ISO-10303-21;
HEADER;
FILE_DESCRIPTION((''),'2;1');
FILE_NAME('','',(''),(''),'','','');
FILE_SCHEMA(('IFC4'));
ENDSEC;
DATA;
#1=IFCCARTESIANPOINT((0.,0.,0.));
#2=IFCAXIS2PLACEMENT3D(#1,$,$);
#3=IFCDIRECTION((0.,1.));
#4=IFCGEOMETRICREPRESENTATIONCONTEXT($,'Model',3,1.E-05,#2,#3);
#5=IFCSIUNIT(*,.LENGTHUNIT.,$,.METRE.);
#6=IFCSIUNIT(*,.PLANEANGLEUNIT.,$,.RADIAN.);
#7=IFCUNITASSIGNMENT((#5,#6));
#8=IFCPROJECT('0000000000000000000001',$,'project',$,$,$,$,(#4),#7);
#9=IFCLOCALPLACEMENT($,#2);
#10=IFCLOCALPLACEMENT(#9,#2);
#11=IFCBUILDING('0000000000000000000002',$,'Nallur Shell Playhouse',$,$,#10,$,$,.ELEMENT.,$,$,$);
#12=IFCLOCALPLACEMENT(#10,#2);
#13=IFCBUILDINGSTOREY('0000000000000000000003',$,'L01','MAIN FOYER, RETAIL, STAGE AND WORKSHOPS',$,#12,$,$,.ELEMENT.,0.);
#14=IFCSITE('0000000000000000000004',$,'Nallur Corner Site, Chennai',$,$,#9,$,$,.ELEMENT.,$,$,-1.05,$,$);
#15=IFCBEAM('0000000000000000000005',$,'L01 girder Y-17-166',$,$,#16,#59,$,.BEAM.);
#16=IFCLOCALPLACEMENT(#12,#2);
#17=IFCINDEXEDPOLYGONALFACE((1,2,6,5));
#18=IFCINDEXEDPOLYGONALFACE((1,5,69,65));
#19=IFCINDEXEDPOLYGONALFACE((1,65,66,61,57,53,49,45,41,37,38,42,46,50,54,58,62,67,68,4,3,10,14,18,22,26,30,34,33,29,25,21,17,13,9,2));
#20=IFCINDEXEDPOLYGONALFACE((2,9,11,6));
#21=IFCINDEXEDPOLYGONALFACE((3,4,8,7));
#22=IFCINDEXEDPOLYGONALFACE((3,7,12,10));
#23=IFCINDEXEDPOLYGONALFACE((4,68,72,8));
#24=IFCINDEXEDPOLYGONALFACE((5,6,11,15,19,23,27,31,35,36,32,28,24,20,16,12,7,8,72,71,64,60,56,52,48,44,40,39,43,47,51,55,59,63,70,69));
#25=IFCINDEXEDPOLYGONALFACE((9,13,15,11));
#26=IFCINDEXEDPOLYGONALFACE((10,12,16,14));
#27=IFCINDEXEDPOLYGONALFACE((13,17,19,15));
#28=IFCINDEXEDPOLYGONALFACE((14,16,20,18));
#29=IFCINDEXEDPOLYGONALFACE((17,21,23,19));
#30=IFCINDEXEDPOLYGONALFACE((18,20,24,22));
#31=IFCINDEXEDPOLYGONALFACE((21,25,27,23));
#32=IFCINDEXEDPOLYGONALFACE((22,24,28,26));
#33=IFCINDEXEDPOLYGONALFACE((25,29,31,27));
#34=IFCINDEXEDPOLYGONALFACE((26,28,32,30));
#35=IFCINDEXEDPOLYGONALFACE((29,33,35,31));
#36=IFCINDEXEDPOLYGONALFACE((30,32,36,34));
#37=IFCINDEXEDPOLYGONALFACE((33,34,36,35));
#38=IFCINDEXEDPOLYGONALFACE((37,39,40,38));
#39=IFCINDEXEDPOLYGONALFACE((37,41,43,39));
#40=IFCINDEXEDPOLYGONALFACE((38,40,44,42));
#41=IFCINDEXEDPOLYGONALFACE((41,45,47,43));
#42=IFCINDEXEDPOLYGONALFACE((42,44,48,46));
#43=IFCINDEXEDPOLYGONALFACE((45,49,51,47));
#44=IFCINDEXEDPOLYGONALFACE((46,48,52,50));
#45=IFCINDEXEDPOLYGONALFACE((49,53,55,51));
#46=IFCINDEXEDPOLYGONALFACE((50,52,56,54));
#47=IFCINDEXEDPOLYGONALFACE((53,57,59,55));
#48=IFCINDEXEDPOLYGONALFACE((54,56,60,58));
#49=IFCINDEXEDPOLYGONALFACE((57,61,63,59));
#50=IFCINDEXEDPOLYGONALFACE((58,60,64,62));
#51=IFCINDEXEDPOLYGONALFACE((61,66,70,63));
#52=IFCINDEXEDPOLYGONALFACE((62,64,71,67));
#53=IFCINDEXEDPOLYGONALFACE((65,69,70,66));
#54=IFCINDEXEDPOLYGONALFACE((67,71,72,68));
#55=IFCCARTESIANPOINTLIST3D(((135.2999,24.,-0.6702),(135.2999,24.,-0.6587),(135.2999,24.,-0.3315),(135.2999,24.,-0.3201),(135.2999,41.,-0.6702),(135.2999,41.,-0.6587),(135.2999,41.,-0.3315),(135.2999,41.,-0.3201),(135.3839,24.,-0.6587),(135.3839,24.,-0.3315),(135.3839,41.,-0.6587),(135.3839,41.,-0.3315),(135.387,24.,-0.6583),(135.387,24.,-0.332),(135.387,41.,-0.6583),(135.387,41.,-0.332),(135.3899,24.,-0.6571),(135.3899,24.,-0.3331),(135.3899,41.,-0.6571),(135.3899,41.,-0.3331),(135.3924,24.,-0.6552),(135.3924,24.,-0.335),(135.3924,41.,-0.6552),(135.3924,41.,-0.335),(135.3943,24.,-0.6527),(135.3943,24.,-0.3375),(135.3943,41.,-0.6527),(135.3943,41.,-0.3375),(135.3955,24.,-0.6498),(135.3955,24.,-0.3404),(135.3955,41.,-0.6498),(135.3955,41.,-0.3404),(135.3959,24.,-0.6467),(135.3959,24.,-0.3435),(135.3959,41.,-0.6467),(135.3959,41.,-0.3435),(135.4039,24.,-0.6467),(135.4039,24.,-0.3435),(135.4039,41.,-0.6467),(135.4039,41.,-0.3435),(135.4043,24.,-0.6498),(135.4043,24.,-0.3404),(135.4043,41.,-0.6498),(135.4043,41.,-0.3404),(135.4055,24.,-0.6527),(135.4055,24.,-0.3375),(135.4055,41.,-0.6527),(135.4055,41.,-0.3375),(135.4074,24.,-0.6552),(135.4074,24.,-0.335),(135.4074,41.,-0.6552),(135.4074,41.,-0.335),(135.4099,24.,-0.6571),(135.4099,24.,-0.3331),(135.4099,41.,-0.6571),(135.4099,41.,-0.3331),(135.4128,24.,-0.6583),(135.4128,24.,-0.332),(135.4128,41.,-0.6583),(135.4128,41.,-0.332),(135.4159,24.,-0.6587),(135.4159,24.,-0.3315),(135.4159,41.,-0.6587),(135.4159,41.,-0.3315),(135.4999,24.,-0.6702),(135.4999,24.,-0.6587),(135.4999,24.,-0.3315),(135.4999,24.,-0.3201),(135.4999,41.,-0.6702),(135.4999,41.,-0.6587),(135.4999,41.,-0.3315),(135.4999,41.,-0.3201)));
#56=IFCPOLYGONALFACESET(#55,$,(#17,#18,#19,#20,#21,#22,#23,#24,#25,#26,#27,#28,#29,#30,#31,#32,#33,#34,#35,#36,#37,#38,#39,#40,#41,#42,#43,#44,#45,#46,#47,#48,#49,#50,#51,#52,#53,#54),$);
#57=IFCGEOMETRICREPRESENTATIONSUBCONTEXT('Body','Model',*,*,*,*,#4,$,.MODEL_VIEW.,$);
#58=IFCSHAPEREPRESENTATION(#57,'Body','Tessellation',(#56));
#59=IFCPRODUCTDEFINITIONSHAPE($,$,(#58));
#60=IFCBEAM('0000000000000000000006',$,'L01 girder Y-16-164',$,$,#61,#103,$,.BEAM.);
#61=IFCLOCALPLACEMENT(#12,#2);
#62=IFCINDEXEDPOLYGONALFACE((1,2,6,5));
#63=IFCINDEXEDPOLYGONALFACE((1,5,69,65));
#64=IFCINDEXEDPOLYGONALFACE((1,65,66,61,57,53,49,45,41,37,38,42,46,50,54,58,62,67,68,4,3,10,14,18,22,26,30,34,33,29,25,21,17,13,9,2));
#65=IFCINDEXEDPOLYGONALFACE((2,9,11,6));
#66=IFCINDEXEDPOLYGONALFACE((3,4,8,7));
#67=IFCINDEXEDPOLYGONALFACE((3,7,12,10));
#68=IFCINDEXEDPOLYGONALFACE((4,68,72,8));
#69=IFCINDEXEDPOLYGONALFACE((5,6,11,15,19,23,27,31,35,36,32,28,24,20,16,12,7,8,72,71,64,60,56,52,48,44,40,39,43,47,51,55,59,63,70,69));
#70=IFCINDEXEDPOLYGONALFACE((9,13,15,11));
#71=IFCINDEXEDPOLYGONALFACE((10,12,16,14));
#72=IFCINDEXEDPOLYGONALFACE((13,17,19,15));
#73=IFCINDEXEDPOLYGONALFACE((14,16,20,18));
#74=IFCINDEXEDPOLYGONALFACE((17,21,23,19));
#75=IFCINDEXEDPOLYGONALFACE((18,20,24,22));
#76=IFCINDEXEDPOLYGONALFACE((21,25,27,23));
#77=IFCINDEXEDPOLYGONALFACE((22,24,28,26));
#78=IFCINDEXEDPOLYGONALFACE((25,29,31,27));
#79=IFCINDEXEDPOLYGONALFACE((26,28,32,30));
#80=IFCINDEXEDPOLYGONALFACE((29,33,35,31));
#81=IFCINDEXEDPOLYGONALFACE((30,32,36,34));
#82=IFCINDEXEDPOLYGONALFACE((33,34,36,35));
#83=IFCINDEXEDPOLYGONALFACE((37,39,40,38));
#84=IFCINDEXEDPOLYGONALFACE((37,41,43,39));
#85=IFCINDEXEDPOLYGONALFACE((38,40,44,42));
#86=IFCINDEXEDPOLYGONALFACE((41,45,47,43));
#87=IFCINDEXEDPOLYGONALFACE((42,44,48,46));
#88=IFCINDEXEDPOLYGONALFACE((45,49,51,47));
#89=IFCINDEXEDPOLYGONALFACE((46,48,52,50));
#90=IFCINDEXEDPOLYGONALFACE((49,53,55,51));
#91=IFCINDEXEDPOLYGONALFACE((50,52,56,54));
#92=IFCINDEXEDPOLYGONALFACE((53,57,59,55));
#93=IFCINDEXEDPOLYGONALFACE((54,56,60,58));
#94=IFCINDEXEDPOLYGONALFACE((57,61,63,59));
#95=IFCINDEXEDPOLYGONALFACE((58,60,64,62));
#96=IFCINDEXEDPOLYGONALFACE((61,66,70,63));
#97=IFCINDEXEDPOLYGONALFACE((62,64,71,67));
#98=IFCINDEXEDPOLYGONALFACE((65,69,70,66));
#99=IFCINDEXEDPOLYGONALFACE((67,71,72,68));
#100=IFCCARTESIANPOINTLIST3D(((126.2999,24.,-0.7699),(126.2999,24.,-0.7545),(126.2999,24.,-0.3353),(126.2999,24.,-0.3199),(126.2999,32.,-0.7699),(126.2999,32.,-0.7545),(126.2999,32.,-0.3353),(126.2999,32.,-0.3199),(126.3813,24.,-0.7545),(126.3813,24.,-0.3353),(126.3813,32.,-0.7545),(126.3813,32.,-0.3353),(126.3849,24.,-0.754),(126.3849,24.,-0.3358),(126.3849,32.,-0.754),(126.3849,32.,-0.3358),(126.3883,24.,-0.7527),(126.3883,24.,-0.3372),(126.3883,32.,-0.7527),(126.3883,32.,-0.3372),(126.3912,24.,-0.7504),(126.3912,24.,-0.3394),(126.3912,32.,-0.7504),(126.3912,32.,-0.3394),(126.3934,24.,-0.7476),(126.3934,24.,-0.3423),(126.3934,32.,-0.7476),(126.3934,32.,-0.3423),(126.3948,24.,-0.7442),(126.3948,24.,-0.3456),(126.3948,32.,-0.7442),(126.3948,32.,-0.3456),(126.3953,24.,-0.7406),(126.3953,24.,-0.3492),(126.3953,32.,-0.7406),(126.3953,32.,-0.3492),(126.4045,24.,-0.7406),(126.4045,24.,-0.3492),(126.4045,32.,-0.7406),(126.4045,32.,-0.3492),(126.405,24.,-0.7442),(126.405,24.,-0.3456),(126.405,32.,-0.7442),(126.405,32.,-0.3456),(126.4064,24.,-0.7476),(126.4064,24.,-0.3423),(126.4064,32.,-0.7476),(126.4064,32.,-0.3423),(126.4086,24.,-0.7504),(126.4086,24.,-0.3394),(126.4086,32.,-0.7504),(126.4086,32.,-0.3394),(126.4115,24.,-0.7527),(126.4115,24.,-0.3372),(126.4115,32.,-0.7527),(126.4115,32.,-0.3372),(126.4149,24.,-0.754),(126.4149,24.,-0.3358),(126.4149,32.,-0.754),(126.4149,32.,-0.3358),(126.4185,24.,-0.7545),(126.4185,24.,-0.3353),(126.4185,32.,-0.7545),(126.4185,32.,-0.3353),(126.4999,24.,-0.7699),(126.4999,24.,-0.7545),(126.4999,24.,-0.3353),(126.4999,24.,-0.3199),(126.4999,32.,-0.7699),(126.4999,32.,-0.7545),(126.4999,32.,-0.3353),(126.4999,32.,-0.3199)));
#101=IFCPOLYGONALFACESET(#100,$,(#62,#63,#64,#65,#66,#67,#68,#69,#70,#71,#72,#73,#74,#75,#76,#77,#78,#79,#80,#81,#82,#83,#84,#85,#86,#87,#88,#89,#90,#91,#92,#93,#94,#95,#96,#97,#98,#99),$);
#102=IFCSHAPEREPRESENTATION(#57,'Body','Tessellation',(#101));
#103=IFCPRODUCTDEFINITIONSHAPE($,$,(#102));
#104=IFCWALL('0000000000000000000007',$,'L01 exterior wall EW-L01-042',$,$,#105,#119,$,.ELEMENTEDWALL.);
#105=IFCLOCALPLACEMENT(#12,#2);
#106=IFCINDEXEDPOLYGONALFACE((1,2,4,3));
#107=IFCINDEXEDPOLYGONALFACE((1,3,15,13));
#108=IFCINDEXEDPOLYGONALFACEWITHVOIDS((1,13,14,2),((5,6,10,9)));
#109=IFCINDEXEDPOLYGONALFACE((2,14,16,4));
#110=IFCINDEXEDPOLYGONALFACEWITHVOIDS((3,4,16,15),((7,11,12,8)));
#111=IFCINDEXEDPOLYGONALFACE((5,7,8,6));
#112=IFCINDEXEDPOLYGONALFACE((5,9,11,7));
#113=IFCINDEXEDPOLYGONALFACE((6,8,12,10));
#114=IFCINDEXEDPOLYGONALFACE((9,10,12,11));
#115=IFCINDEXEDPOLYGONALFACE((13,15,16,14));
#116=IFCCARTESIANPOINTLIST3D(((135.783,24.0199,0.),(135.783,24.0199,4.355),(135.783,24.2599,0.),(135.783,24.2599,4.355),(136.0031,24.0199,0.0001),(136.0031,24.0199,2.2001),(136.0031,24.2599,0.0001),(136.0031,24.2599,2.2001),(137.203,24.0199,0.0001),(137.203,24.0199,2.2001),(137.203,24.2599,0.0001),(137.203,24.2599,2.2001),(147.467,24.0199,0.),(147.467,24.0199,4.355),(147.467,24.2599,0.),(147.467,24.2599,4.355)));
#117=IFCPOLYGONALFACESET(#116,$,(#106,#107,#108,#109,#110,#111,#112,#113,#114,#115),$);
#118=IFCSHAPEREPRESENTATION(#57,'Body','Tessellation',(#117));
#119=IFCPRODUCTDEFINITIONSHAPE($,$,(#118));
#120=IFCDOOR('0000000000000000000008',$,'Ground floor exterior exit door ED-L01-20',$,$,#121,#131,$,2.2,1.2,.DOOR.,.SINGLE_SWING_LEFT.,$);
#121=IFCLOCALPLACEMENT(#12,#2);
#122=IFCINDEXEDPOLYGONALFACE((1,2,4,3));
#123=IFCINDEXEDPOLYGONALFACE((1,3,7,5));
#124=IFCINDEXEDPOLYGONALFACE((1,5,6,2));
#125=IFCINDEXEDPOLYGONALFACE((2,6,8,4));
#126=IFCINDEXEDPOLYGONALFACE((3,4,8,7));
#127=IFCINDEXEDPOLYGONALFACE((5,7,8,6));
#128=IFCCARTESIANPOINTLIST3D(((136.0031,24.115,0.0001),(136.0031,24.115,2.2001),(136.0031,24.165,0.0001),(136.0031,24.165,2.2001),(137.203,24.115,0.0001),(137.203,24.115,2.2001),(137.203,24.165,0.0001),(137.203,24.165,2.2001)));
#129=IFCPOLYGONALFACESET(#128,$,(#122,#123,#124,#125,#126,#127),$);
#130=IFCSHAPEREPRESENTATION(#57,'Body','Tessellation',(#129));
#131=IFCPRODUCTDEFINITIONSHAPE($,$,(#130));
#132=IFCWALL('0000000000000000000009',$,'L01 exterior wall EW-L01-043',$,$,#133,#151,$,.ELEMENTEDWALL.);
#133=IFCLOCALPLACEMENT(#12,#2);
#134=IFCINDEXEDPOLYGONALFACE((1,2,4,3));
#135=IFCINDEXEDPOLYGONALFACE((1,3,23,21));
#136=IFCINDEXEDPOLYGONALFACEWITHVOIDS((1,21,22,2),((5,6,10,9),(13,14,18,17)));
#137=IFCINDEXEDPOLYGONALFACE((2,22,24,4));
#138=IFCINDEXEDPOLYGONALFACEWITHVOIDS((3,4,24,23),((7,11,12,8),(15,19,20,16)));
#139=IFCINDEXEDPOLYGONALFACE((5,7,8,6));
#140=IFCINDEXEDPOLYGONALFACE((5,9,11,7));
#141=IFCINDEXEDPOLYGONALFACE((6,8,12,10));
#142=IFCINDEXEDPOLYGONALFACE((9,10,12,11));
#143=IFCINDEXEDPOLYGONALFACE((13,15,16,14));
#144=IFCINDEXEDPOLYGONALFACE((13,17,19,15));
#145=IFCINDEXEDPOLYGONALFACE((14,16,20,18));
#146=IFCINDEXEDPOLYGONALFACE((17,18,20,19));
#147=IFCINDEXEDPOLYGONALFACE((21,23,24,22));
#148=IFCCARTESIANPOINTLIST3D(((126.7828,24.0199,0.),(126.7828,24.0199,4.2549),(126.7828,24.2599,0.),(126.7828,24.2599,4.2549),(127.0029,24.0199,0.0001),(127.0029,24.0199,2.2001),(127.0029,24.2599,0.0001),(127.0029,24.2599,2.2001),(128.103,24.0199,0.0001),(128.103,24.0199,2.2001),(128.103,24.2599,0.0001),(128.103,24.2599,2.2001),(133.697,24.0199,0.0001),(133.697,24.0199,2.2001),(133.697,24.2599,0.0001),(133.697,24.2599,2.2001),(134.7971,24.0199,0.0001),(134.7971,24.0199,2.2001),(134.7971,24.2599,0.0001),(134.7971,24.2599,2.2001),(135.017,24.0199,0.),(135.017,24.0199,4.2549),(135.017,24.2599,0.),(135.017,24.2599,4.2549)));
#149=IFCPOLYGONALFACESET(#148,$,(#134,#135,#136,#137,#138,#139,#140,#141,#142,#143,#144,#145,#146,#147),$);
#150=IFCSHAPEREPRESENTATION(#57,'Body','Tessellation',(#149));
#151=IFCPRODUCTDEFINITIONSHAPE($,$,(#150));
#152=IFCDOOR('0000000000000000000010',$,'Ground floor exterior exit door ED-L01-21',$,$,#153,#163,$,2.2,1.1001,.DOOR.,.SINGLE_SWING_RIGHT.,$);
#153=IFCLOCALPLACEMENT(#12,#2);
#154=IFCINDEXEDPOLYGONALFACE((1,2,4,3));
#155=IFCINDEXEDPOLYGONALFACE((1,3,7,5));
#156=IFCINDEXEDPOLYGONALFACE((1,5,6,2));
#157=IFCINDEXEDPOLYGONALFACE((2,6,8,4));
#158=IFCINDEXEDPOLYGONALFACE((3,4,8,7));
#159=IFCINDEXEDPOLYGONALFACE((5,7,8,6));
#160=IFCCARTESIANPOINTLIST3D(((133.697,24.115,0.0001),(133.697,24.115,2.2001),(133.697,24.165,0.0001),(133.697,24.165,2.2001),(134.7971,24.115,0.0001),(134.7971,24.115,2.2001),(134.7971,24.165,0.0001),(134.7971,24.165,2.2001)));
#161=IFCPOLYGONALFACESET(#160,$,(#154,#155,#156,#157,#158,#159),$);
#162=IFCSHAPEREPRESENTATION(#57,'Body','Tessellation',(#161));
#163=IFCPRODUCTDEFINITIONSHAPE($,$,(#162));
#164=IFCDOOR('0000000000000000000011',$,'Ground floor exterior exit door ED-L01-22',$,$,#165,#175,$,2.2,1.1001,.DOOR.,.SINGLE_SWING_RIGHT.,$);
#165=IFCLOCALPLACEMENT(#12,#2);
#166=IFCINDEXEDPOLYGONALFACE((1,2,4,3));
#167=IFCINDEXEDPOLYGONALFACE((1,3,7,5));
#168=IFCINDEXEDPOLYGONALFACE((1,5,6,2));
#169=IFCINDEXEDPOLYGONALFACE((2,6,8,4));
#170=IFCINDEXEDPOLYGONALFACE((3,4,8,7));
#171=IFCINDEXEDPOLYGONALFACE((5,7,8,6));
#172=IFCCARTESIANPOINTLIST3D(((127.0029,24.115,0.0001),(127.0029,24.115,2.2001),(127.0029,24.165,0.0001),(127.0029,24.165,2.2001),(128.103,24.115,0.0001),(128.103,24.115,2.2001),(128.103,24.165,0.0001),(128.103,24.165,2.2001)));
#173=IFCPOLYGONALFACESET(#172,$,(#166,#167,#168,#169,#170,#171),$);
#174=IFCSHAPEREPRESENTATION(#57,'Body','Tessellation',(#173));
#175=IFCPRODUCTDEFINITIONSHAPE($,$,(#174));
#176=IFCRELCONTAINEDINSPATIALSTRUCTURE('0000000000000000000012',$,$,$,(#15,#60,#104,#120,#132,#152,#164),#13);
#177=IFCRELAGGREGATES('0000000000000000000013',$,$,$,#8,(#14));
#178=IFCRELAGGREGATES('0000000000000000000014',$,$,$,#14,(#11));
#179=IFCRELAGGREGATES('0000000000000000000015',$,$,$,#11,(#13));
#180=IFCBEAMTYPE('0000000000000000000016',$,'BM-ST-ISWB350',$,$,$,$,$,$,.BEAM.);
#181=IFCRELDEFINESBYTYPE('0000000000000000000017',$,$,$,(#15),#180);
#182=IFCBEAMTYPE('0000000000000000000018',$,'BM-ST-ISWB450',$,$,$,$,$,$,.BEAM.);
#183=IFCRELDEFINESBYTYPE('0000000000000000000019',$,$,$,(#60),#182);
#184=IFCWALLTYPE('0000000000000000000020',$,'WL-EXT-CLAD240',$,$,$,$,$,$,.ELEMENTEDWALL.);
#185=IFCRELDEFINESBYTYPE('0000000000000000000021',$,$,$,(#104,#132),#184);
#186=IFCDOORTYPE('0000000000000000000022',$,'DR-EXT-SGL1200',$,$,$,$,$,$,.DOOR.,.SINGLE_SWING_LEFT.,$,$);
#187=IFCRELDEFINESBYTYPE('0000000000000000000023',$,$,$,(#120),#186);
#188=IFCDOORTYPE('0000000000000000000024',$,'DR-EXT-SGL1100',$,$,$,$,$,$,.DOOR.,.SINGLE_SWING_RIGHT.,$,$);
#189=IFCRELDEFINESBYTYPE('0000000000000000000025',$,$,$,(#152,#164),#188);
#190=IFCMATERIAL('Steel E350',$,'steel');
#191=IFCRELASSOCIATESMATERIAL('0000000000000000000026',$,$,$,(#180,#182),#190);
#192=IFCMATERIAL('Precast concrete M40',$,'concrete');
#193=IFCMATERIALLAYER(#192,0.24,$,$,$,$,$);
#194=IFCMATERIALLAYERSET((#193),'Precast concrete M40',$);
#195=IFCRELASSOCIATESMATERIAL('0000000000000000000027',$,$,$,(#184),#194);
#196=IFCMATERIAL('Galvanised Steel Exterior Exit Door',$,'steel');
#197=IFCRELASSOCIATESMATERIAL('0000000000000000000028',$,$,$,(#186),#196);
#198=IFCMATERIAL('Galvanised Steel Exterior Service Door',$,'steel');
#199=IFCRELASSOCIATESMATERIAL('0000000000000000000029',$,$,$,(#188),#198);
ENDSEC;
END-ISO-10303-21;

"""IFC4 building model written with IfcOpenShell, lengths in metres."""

from ifc_helpers import new_model, si_unit, direction, frame, frame_2d, origin, origin_2d, place, context, subcontext, project, spatial, rectangle, i_section, extrude, material, layer, layer_set, material_profile, profile_set, type_object, element, fill, save


model = new_model("IFC4")

# Units and contexts
model_context = context("Model", 3, precision=1e-05, world=origin(), true_north=direction((0.0, 1.0)))
body_context = subcontext(model_context, "Body", "Model", "MODEL_VIEW")
ifc_project = project(units=[si_unit("LENGTHUNIT", "METRE"), si_unit("PLANEANGLEUNIT", "RADIAN")], contexts=[model_context])

# Site, building, storey
site_placement = place(None, origin())
site = spatial("IfcSite", under=ifc_project, at=site_placement, Name="Nallur Corner Site, Chennai", CompositionType="ELEMENT", RefElevation=-1.05)
building_placement = place(site_placement, origin())
building = spatial("IfcBuilding", under=site, at=building_placement, Name="Nallur Shell Playhouse", CompositionType="ELEMENT")
storey_placement = place(building_placement, origin())
storey = spatial("IfcBuildingStorey", under=building, at=storey_placement, Name="L01", Description="MAIN FOYER, RETAIL, STAGE AND WORKSHOPS", CompositionType="ELEMENT", Elevation=0.0)

# Shared definitions
ifc_material_1 = material(Name="Steel E350", Category="steel")

# Beams
ifc_material_profile_1 = material_profile(ifc_material_1, i_section(OverallWidth=0.2, OverallDepth=0.3501, WebThickness=0.0081, FlangeThickness=0.0115, FilletRadius=0.012, at=origin_2d()), Name="ISWB 350")
ifc_profile_set_1 = profile_set([ifc_material_profile_1], Name="Steel E350")
beam_type_1 = type_object("IfcBeamType", Name="BM-ST-ISWB350", PredefinedType="BEAM", material=ifc_profile_set_1)
beam_1_placement = place(storey_placement, frame((135.3999, 24.0, -0.4951), z_axis=(0.0, 1.0, 0.0), x_axis=(-1.0, 0.0, 0.0)))
element("IfcBeam", 1, at=beam_1_placement, inside=storey, type_object=beam_type_1, Name="L01 girder Y-17-166", PredefinedType="BEAM", context=body_context, shape_type="SweptSolid", body=[
    extrude(i_section(OverallWidth=0.2, OverallDepth=0.3501, WebThickness=0.0081, FlangeThickness=0.0115, FilletRadius=0.012, at=origin_2d()), origin(), (0.0, 0.0, 1.0), 17.0),
])
ifc_material_profile_2 = material_profile(ifc_material_1, i_section(OverallWidth=0.2, OverallDepth=0.45, WebThickness=0.0093, FlangeThickness=0.0154, FilletRadius=0.0139, at=origin_2d()), Name="ISWB 450")
ifc_profile_set_2 = profile_set([ifc_material_profile_2], Name="Steel E350")
beam_type_2 = type_object("IfcBeamType", Name="BM-ST-ISWB450", PredefinedType="BEAM", material=ifc_profile_set_2)
beam_2_placement = place(storey_placement, frame((126.3999, 24.0, -0.5449), z_axis=(0.0, 1.0, 0.0), x_axis=(-1.0, 0.0, 0.0)))
element("IfcBeam", 2, at=beam_2_placement, inside=storey, type_object=beam_type_2, Name="L01 girder Y-16-164", PredefinedType="BEAM", context=body_context, shape_type="SweptSolid", body=[
    extrude(i_section(OverallWidth=0.2, OverallDepth=0.45, WebThickness=0.0093, FlangeThickness=0.0154, FilletRadius=0.0139, at=origin_2d()), origin(), (0.0, 0.0, 1.0), 8.0),
])

# Wall, opening, door
ifc_material_2 = material(Name="Precast concrete M40", Category="concrete")
ifc_layer_1 = layer(ifc_material_2, 0.24)
ifc_layer_set_1 = layer_set([ifc_layer_1], Name="Precast concrete M40")
wall_type_1 = type_object("IfcWallType", Name="WL-EXT-CLAD240", PredefinedType="ELEMENTEDWALL", material=ifc_layer_set_1)
wall_1_placement = place(storey_placement, frame((147.467, 24.1399, 0.0), z_axis=(0.0, 0.0, 1.0), x_axis=(-1.0, 0.0, 0.0)))
wall_1 = element("IfcWall", 3, at=wall_1_placement, inside=storey, type_object=wall_type_1, Name="L01 exterior wall EW-L01-042", PredefinedType="ELEMENTEDWALL", context=body_context, shape_type="SweptSolid", body=[
    extrude(rectangle(XDim=11.6841, YDim=0.24, at=frame_2d((5.842, 0.0))), origin(), (0.0, 0.0, 1.0), 4.355),
])
opening_1_placement = place(wall_1_placement, frame((10.2639, 0.0, 0.0)))
opening_1 = element("IfcOpeningElement", 4, at=opening_1_placement, cuts=wall_1, PredefinedType="OPENING", context=body_context, shape_type="SweptSolid", body=[
    extrude(rectangle(XDim=1.2, YDim=2.2, at=frame_2d((0.6001, 1.1001))), frame((0.0, 0.1299, 0.0), z_axis=(0.0, -1.0, 0.0), x_axis=(1.0, 0.0, 0.0)), (0.0, 0.0, 1.0), 0.26),
])
ifc_material_3 = material(Name="Galvanised Steel Exterior Exit Door", Category="steel")
door_type_1 = type_object("IfcDoorType", Name="DR-EXT-SGL1200", OperationType="SINGLE_SWING_LEFT", PredefinedType="DOOR", material=ifc_material_3)
door_1_placement = place(opening_1_placement, origin())
door_1 = element("IfcDoor", 5, at=door_1_placement, inside=storey, type_object=door_type_1, Name="Ground floor exterior exit door ED-L01-20", OperationType="SINGLE_SWING_LEFT", OverallHeight=2.2, OverallWidth=1.2, PredefinedType="DOOR", context=body_context, shape_type="SweptSolid", body=[
    extrude(rectangle(XDim=1.2, YDim=2.2, at=frame_2d((0.6001, 1.1001))), frame((0.0, 0.0249, 0.0), z_axis=(0.0, -1.0, 0.0), x_axis=(1.0, 0.0, 0.0)), (0.0, 0.0, 1.0), 0.05),
])
fill(opening_1, door_1)

# Wall, openings, doors
wall_2_placement = place(storey_placement, frame((135.0171, 24.1399, 0.0), z_axis=(0.0, 0.0, 1.0), x_axis=(-1.0, 0.0, 0.0)))
wall_2 = element("IfcWall", 6, at=wall_2_placement, inside=storey, type_object=wall_type_1, Name="L01 exterior wall EW-L01-043", PredefinedType="ELEMENTEDWALL", context=body_context, shape_type="SweptSolid", body=[
    extrude(rectangle(XDim=8.2341, YDim=0.24, at=frame_2d((4.1172, 0.0))), origin(), (0.0, 0.0, 1.0), 4.2549),
])
opening_2_placement = place(wall_2_placement, frame((0.22, 0.0, 0.0)))
opening_2 = element("IfcOpeningElement", 7, at=opening_2_placement, cuts=wall_2, PredefinedType="OPENING", context=body_context, shape_type="SweptSolid", body=[
    extrude(rectangle(XDim=1.1001, YDim=2.2, at=frame_2d((0.55, 1.1001))), frame((0.0, 0.1299, 0.0), z_axis=(0.0, -1.0, 0.0), x_axis=(1.0, 0.0, 0.0)), (0.0, 0.0, 1.0), 0.26),
])
opening_3_placement = place(wall_2_placement, frame((6.9141, 0.0, 0.0)))
opening_3 = element("IfcOpeningElement", 8, at=opening_3_placement, cuts=wall_2, PredefinedType="OPENING", context=body_context, shape_type="SweptSolid", body=[
    extrude(rectangle(XDim=1.1001, YDim=2.2, at=frame_2d((0.55, 1.1001))), frame((0.0, 0.1299, 0.0), z_axis=(0.0, -1.0, 0.0), x_axis=(1.0, 0.0, 0.0)), (0.0, 0.0, 1.0), 0.26),
])
ifc_material_4 = material(Name="Galvanised Steel Exterior Service Door", Category="steel")
door_type_2 = type_object("IfcDoorType", Name="DR-EXT-SGL1100", OperationType="SINGLE_SWING_RIGHT", PredefinedType="DOOR", material=ifc_material_4)
door_2_placement = place(opening_2_placement, origin())
door_2 = element("IfcDoor", 9, at=door_2_placement, inside=storey, type_object=door_type_2, Name="Ground floor exterior exit door ED-L01-21", OperationType="SINGLE_SWING_RIGHT", OverallHeight=2.2, OverallWidth=1.1001, PredefinedType="DOOR", context=body_context, shape_type="SweptSolid", body=[
    extrude(rectangle(XDim=1.1001, YDim=2.2, at=frame_2d((0.55, 1.1001))), frame((0.0, 0.0249, 0.0), z_axis=(0.0, -1.0, 0.0), x_axis=(1.0, 0.0, 0.0)), (0.0, 0.0, 1.0), 0.05),
])
fill(opening_2, door_2)
door_3_placement = place(opening_3_placement, origin())
door_3 = element("IfcDoor", 10, at=door_3_placement, inside=storey, type_object=door_type_2, Name="Ground floor exterior exit door ED-L01-22", OperationType="SINGLE_SWING_RIGHT", OverallHeight=2.2, OverallWidth=1.1001, PredefinedType="DOOR", context=body_context, shape_type="SweptSolid", body=[
    extrude(rectangle(XDim=1.1001, YDim=2.2, at=frame_2d((0.55, 1.1001))), frame((0.0, 0.0249, 0.0), z_axis=(0.0, -1.0, 0.0), x_axis=(1.0, 0.0, 0.0)), (0.0, 0.0, 1.0), 0.05),
])
fill(opening_3, door_3)

save(model, "model.ifc")
